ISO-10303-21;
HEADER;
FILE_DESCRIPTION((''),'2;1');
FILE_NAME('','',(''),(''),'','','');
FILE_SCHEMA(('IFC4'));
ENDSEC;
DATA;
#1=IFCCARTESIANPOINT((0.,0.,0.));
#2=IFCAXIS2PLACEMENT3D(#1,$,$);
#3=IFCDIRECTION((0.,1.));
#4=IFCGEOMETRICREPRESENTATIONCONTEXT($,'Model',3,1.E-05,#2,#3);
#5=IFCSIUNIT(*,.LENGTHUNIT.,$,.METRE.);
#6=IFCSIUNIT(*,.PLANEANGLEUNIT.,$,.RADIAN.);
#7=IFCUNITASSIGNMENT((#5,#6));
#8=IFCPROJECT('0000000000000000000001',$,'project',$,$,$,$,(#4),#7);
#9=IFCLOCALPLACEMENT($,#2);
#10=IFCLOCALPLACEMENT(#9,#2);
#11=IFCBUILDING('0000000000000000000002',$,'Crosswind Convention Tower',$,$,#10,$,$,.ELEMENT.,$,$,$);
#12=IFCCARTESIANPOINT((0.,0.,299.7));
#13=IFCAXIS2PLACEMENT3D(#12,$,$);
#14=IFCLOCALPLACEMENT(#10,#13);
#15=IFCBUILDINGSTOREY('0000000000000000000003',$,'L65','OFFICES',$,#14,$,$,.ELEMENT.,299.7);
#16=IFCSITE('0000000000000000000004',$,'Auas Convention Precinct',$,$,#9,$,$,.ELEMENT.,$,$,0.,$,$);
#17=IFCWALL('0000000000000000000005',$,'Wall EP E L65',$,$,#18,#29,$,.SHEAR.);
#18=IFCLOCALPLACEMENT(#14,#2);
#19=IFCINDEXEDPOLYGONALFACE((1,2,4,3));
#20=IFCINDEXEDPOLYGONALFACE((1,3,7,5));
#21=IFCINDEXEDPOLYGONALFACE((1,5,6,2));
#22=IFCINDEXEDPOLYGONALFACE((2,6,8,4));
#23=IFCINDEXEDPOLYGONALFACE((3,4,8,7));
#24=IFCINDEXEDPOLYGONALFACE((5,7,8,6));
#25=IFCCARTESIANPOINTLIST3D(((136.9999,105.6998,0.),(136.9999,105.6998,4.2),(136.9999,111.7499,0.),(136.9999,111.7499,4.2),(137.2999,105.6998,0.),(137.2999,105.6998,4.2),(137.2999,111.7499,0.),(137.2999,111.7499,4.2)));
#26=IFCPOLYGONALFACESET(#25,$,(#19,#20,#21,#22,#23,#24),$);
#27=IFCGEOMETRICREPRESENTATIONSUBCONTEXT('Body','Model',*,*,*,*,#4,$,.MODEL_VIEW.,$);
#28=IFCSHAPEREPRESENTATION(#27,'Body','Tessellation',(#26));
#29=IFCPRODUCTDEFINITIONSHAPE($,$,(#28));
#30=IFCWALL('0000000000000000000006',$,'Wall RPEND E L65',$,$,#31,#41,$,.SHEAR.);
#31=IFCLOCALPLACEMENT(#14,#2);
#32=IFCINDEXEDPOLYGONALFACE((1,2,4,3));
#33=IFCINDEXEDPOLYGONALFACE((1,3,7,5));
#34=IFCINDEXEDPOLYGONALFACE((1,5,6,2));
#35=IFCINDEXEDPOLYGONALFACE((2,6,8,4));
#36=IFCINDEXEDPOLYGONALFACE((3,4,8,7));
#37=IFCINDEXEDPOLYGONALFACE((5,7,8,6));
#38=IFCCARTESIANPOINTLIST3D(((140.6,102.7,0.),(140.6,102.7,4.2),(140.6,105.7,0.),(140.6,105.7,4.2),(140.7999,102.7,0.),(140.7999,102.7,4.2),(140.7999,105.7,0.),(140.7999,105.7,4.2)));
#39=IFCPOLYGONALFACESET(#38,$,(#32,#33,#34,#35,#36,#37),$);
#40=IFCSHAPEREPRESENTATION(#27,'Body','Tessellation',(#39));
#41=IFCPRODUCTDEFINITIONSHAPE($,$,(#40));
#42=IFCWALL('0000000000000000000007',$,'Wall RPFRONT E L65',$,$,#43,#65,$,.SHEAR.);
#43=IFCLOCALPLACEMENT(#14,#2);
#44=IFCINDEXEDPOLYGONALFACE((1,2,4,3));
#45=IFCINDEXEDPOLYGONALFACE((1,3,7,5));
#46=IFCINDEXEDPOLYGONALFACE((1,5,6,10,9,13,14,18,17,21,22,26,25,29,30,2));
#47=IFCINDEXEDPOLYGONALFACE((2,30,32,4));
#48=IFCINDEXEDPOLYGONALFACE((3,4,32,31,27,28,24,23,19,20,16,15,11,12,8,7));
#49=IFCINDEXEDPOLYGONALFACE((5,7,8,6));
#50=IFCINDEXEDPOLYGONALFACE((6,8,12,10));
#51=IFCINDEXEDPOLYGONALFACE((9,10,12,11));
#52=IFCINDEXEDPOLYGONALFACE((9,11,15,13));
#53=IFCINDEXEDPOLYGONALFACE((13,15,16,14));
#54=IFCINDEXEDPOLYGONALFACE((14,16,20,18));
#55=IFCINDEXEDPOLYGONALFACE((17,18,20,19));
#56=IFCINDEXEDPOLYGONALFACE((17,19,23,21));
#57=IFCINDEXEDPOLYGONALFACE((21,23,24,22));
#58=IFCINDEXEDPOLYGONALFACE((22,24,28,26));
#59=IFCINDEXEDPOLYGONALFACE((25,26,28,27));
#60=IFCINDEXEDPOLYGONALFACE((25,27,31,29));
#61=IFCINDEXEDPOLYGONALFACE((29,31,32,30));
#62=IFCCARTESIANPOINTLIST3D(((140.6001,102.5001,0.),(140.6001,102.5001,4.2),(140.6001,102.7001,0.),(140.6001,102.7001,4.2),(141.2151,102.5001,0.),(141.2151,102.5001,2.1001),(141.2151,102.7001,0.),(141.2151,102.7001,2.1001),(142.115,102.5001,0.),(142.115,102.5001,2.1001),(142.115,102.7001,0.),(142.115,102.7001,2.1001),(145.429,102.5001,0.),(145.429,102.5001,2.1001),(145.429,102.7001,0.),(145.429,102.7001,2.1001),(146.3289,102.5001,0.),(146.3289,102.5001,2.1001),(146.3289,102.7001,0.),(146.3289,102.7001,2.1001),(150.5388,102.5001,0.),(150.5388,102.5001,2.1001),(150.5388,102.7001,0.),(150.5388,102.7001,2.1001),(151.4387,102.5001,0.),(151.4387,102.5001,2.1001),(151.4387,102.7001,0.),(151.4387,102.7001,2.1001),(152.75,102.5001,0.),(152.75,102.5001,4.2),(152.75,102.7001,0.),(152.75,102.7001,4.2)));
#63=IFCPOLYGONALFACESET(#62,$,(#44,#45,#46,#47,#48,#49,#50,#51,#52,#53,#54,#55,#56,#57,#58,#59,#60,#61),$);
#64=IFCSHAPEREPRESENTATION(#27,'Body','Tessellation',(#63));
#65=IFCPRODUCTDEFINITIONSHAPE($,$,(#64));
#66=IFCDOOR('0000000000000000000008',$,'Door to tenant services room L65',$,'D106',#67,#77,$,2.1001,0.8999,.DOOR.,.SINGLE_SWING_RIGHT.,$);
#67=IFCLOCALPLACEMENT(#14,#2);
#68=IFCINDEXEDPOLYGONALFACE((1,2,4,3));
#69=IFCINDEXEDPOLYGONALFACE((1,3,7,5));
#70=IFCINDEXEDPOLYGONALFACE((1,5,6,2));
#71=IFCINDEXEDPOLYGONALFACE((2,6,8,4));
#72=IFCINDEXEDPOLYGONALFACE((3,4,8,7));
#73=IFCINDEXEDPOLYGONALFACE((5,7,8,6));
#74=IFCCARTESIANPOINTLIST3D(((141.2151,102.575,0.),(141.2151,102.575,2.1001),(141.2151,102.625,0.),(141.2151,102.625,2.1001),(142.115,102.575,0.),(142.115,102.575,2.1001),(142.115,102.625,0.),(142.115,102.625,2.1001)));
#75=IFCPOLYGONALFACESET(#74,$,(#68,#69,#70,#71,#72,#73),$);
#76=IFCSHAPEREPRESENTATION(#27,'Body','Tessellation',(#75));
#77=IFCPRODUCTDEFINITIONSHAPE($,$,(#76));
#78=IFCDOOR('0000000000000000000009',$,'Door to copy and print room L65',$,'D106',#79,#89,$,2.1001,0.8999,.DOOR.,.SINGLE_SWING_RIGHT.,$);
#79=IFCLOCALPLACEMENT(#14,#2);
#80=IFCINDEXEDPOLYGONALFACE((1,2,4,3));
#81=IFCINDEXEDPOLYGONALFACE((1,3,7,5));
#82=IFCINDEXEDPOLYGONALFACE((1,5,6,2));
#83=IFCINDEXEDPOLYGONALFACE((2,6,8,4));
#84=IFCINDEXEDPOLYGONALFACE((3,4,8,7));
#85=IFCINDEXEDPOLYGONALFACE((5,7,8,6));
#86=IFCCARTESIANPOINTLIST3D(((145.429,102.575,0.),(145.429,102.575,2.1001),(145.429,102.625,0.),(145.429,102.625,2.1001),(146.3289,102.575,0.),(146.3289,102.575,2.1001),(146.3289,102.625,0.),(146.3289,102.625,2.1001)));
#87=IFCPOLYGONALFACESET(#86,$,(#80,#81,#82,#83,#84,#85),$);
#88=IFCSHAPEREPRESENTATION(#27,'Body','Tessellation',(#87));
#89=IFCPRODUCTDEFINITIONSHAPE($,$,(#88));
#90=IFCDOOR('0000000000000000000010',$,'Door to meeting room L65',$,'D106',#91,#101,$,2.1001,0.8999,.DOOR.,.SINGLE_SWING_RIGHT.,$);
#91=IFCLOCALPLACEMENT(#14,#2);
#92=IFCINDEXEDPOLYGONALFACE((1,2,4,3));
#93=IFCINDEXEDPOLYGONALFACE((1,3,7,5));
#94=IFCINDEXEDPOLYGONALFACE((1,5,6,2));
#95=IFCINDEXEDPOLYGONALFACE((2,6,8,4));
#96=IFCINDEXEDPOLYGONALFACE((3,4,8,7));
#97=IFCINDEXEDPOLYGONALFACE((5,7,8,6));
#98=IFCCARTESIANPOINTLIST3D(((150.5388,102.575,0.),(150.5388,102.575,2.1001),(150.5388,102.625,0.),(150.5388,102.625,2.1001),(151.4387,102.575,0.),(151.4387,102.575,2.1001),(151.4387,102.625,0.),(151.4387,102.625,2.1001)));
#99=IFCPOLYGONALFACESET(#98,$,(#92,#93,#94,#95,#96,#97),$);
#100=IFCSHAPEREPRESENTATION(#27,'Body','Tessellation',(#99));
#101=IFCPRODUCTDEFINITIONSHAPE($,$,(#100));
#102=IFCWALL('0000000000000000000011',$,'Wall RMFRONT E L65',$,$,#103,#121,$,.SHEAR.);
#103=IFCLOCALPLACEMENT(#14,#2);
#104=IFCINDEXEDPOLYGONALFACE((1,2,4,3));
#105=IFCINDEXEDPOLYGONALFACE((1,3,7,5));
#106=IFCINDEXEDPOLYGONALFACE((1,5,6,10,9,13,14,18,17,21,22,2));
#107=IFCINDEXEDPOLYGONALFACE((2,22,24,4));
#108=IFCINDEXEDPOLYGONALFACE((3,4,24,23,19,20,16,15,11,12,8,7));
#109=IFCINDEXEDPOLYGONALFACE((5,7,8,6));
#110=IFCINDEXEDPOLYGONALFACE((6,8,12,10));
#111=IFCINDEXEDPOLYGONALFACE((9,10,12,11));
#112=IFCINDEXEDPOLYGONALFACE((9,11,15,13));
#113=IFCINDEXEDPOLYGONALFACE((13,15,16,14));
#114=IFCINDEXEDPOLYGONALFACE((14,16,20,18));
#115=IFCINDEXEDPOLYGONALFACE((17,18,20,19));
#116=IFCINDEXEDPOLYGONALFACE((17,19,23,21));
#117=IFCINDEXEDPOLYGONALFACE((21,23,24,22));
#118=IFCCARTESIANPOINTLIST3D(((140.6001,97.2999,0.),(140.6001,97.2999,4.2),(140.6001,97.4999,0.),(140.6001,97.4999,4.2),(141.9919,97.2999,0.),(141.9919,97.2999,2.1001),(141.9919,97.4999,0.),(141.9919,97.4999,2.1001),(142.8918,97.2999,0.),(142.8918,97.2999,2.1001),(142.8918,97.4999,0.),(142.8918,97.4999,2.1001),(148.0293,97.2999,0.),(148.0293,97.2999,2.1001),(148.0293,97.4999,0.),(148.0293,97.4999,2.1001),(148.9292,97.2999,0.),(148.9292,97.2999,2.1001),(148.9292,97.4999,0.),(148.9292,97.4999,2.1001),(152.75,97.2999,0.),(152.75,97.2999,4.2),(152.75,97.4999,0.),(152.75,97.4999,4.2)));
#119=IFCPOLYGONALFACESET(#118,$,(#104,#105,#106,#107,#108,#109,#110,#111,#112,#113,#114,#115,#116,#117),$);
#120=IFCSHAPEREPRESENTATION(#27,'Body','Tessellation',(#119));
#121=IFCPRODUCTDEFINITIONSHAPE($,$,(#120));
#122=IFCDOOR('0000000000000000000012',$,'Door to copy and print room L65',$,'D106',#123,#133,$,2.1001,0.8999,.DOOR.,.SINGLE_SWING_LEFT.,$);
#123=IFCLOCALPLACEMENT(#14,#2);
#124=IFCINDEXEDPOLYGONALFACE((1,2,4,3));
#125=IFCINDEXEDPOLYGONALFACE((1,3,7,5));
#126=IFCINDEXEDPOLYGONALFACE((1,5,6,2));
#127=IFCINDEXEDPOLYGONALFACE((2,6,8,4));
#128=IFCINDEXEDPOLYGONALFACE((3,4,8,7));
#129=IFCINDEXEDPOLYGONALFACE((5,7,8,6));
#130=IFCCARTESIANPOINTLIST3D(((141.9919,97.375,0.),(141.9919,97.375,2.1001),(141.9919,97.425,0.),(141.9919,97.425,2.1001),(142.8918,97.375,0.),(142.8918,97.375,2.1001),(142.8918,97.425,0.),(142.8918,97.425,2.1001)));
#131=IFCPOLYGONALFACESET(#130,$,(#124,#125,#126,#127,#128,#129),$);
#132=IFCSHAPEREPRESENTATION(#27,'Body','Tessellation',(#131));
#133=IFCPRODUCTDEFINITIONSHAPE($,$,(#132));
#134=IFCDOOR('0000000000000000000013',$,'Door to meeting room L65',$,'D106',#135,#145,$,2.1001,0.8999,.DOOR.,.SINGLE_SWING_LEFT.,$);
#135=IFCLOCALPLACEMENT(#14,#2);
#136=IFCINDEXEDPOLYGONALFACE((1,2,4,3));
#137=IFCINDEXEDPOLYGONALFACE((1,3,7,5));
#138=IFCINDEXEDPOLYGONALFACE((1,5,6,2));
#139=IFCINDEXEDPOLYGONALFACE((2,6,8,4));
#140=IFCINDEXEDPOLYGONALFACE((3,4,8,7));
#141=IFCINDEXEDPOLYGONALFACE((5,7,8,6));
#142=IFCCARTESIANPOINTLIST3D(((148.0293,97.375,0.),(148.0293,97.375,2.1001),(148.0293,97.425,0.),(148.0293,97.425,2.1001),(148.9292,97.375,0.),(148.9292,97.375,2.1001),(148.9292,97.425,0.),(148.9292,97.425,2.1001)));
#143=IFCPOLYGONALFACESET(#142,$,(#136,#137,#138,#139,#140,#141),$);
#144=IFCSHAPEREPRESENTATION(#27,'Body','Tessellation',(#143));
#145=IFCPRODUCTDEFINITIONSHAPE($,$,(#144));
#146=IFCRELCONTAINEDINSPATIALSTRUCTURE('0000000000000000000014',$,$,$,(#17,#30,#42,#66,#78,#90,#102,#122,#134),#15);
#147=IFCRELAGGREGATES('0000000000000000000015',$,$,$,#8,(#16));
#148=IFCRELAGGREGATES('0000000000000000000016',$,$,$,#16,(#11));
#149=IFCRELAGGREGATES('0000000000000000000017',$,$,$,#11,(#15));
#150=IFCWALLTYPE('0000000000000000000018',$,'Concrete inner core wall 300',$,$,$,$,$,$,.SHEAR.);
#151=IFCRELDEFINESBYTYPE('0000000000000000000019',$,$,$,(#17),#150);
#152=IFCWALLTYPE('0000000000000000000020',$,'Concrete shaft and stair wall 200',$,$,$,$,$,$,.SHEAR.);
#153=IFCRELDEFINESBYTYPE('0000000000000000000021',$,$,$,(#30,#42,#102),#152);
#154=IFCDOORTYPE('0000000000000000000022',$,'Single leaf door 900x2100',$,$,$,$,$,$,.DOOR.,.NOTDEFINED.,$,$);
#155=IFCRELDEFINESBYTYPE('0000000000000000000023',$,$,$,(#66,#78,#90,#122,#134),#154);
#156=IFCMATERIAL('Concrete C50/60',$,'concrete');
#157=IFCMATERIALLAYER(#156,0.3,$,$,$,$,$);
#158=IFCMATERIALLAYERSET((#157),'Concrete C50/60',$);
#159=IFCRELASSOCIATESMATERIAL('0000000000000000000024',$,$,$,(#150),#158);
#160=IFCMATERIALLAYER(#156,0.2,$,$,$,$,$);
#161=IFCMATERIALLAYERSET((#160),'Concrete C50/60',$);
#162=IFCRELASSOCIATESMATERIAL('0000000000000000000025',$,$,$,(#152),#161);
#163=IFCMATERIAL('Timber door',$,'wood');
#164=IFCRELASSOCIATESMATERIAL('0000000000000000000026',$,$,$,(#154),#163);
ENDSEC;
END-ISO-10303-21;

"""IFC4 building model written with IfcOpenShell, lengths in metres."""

from ifc_helpers import new_model, si_unit, direction, frame, frame_2d, origin, place, context, subcontext, project, spatial, rectangle, extrude, material, layer, layer_set, type_object, element, fill, save


model = new_model("IFC4")

# Units and contexts
model_context = context("Model", 3, precision=1e-05, world=origin(), true_north=direction((0.0, 1.0)))
body_context = subcontext(model_context, "Body", "Model", "MODEL_VIEW")
ifc_project = project(units=[si_unit("LENGTHUNIT", "METRE"), si_unit("PLANEANGLEUNIT", "RADIAN")], contexts=[model_context])

# Site, building, storey
site_placement = place(None, origin())
site = spatial("IfcSite", under=ifc_project, at=site_placement, Name="Auas Convention Precinct", CompositionType="ELEMENT", RefElevation=0.0)
building_placement = place(site_placement, origin())
building = spatial("IfcBuilding", under=site, at=building_placement, Name="Crosswind Convention Tower", CompositionType="ELEMENT")
storey_placement = place(building_placement, frame((0.0, 0.0, 299.7)))
storey = spatial("IfcBuildingStorey", under=building, at=storey_placement, Name="L65", Description="OFFICES", CompositionType="ELEMENT", Elevation=299.7)

# Walls
ifc_material_1 = material(Name="Concrete C50/60", Category="concrete")
ifc_layer_1 = layer(ifc_material_1, 0.3)
ifc_layer_set_1 = layer_set([ifc_layer_1], Name="Concrete C50/60")
wall_type_1 = type_object("IfcWallType", Name="Concrete inner core wall 300", PredefinedType="SHEAR", material=ifc_layer_set_1)
wall_1_placement = place(storey_placement, frame((137.1499, 105.7, 0.0), z_axis=(0.0, 0.0, 1.0), x_axis=(0.0, 1.0, 0.0)))
element("IfcWall", 1, at=wall_1_placement, inside=storey, type_object=wall_type_1, Name="Wall EP E L65", PredefinedType="SHEAR", context=body_context, shape_type="SweptSolid", body=[
    extrude(rectangle(XDim=6.05, YDim=0.3, at=frame_2d((3.0249, 0.0))), origin(), (0.0, 0.0, 1.0), 4.2),
])
ifc_layer_2 = layer(ifc_material_1, 0.2)
ifc_layer_set_2 = layer_set([ifc_layer_2], Name="Concrete C50/60")
wall_type_2 = type_object("IfcWallType", Name="Concrete shaft and stair wall 200", PredefinedType="SHEAR", material=ifc_layer_set_2)
wall_2_placement = place(storey_placement, frame((140.7, 102.7, 0.0), z_axis=(0.0, 0.0, 1.0), x_axis=(0.0, 1.0, 0.0)))
element("IfcWall", 2, at=wall_2_placement, inside=storey, type_object=wall_type_2, Name="Wall RPEND E L65", PredefinedType="SHEAR", context=body_context, shape_type="SweptSolid", body=[
    extrude(rectangle(XDim=3.0, YDim=0.2, at=frame_2d((1.5, 0.0))), origin(), (0.0, 0.0, 1.0), 4.2),
])

# Walls, openings, doors
wall_3_placement = place(storey_placement, frame((140.6001, 102.6001, 0.0), z_axis=(0.0, 0.0, 1.0), x_axis=(1.0, 0.0, 0.0)))
wall_3 = element("IfcWall", 3, at=wall_3_placement, inside=storey, type_object=wall_type_2, Name="Wall RPFRONT E L65", PredefinedType="SHEAR", context=body_context, shape_type="SweptSolid", body=[
    extrude(rectangle(XDim=12.1499, YDim=0.2, at=frame_2d((6.075, 0.0))), origin(), (0.0, 0.0, 1.0), 4.2),
])
opening_1_placement = place(wall_3_placement, frame((0.615, 0.0, 0.0)))
opening_1 = element("IfcOpeningElement", 4, at=opening_1_placement, cuts=wall_3, PredefinedType="OPENING", context=body_context, shape_type="SweptSolid", body=[
    extrude(rectangle(XDim=0.8999, YDim=2.1001, at=frame_2d((0.45, 1.05))), frame((0.0, 0.1099, 0.0), z_axis=(0.0, -1.0, 0.0), x_axis=(1.0, 0.0, 0.0)), (0.0, 0.0, 1.0), 0.22),
])
opening_2_placement = place(wall_3_placement, frame((4.8289, 0.0, 0.0)))
opening_2 = element("IfcOpeningElement", 5, at=opening_2_placement, cuts=wall_3, PredefinedType="OPENING", context=body_context, shape_type="SweptSolid", body=[
    extrude(rectangle(XDim=0.8999, YDim=2.1001, at=frame_2d((0.45, 1.05))), frame((0.0, 0.1099, 0.0), z_axis=(0.0, -1.0, 0.0), x_axis=(1.0, 0.0, 0.0)), (0.0, 0.0, 1.0), 0.22),
])
opening_3_placement = place(wall_3_placement, frame((9.9387, 0.0, 0.0)))
opening_3 = element("IfcOpeningElement", 6, at=opening_3_placement, cuts=wall_3, PredefinedType="OPENING", context=body_context, shape_type="SweptSolid", body=[
    extrude(rectangle(XDim=0.8999, YDim=2.1001, at=frame_2d((0.45, 1.05))), frame((0.0, 0.1099, 0.0), z_axis=(0.0, -1.0, 0.0), x_axis=(1.0, 0.0, 0.0)), (0.0, 0.0, 1.0), 0.22),
])
ifc_material_2 = material(Name="Timber door", Category="wood")
door_type_1 = type_object("IfcDoorType", Name="Single leaf door 900x2100", OperationType="NOTDEFINED", PredefinedType="DOOR", material=ifc_material_2)
door_1_placement = place(opening_1_placement, origin())
door_1 = element("IfcDoor", 7, at=door_1_placement, inside=storey, type_object=door_type_1, Name="Door to tenant services room L65", ObjectType="D106", OperationType="SINGLE_SWING_RIGHT", OverallHeight=2.1001, OverallWidth=0.8999, PredefinedType="DOOR", context=body_context, shape_type="SweptSolid", body=[
    extrude(rectangle(XDim=0.8999, YDim=2.1001, at=frame_2d((0.45, 1.05))), frame((0.0, 0.0249, 0.0), z_axis=(0.0, -1.0, 0.0), x_axis=(1.0, 0.0, 0.0)), (0.0, 0.0, 1.0), 0.05),
])
fill(opening_1, door_1)
door_2_placement = place(opening_2_placement, origin())
door_2 = element("IfcDoor", 8, at=door_2_placement, inside=storey, type_object=door_type_1, Name="Door to copy and print room L65", ObjectType="D106", OperationType="SINGLE_SWING_RIGHT", OverallHeight=2.1001, OverallWidth=0.8999, PredefinedType="DOOR", context=body_context, shape_type="SweptSolid", body=[
    extrude(rectangle(XDim=0.8999, YDim=2.1001, at=frame_2d((0.45, 1.05))), frame((0.0, 0.0249, 0.0), z_axis=(0.0, -1.0, 0.0), x_axis=(1.0, 0.0, 0.0)), (0.0, 0.0, 1.0), 0.05),
])
fill(opening_2, door_2)
door_3_placement = place(opening_3_placement, origin())
door_3 = element("IfcDoor", 9, at=door_3_placement, inside=storey, type_object=door_type_1, Name="Door to meeting room L65", ObjectType="D106", OperationType="SINGLE_SWING_RIGHT", OverallHeight=2.1001, OverallWidth=0.8999, PredefinedType="DOOR", context=body_context, shape_type="SweptSolid", body=[
    extrude(rectangle(XDim=0.8999, YDim=2.1001, at=frame_2d((0.45, 1.05))), frame((0.0, 0.0249, 0.0), z_axis=(0.0, -1.0, 0.0), x_axis=(1.0, 0.0, 0.0)), (0.0, 0.0, 1.0), 0.05),
])
fill(opening_3, door_3)
wall_4_placement = place(storey_placement, frame((140.6001, 97.3999, 0.0), z_axis=(0.0, 0.0, 1.0), x_axis=(1.0, 0.0, 0.0)))
wall_4 = element("IfcWall", 10, at=wall_4_placement, inside=storey, type_object=wall_type_2, Name="Wall RMFRONT E L65", PredefinedType="SHEAR", context=body_context, shape_type="SweptSolid", body=[
    extrude(rectangle(XDim=12.1499, YDim=0.2, at=frame_2d((6.075, 0.0))), origin(), (0.0, 0.0, 1.0), 4.2),
])
opening_4_placement = place(wall_4_placement, frame((1.3918, 0.0, 0.0)))
opening_4 = element("IfcOpeningElement", 11, at=opening_4_placement, cuts=wall_4, PredefinedType="OPENING", context=body_context, shape_type="SweptSolid", body=[
    extrude(rectangle(XDim=0.8999, YDim=2.1001, at=frame_2d((0.45, 1.05))), frame((0.0, 0.1099, 0.0), z_axis=(0.0, -1.0, 0.0), x_axis=(1.0, 0.0, 0.0)), (0.0, 0.0, 1.0), 0.22),
])
opening_5_placement = place(wall_4_placement, frame((7.4292, 0.0, 0.0)))
opening_5 = element("IfcOpeningElement", 12, at=opening_5_placement, cuts=wall_4, PredefinedType="OPENING", context=body_context, shape_type="SweptSolid", body=[
    extrude(rectangle(XDim=0.8999, YDim=2.1001, at=frame_2d((0.45, 1.05))), frame((0.0, 0.1099, 0.0), z_axis=(0.0, -1.0, 0.0), x_axis=(1.0, 0.0, 0.0)), (0.0, 0.0, 1.0), 0.22),
])
door_4_placement = place(opening_4_placement, frame((0.8999, 0.0, 0.0), z_axis=(0.0, 0.0, 1.0), x_axis=(-1.0, 0.0, 0.0)))
door_4 = element("IfcDoor", 13, at=door_4_placement, inside=storey, type_object=door_type_1, Name="Door to copy and print room L65", ObjectType="D106", OperationType="SINGLE_SWING_LEFT", OverallHeight=2.1001, OverallWidth=0.8999, PredefinedType="DOOR", context=body_context, shape_type="SweptSolid", body=[
    extrude(rectangle(XDim=0.8999, YDim=2.1001, at=frame_2d((0.45, 1.05))), frame((0.0, 0.0249, 0.0), z_axis=(0.0, -1.0, 0.0), x_axis=(1.0, 0.0, 0.0)), (0.0, 0.0, 1.0), 0.05),
])
fill(opening_4, door_4)
door_5_placement = place(opening_5_placement, frame((0.8999, 0.0, 0.0), z_axis=(0.0, 0.0, 1.0), x_axis=(-1.0, 0.0, 0.0)))
door_5 = element("IfcDoor", 14, at=door_5_placement, inside=storey, type_object=door_type_1, Name="Door to meeting room L65", ObjectType="D106", OperationType="SINGLE_SWING_LEFT", OverallHeight=2.1001, OverallWidth=0.8999, PredefinedType="DOOR", context=body_context, shape_type="SweptSolid", body=[
    extrude(rectangle(XDim=0.8999, YDim=2.1001, at=frame_2d((0.45, 1.05))), frame((0.0, 0.0249, 0.0), z_axis=(0.0, -1.0, 0.0), x_axis=(1.0, 0.0, 0.0)), (0.0, 0.0, 1.0), 0.05),
])
fill(opening_5, door_5)

save(model, "model.ifc")
